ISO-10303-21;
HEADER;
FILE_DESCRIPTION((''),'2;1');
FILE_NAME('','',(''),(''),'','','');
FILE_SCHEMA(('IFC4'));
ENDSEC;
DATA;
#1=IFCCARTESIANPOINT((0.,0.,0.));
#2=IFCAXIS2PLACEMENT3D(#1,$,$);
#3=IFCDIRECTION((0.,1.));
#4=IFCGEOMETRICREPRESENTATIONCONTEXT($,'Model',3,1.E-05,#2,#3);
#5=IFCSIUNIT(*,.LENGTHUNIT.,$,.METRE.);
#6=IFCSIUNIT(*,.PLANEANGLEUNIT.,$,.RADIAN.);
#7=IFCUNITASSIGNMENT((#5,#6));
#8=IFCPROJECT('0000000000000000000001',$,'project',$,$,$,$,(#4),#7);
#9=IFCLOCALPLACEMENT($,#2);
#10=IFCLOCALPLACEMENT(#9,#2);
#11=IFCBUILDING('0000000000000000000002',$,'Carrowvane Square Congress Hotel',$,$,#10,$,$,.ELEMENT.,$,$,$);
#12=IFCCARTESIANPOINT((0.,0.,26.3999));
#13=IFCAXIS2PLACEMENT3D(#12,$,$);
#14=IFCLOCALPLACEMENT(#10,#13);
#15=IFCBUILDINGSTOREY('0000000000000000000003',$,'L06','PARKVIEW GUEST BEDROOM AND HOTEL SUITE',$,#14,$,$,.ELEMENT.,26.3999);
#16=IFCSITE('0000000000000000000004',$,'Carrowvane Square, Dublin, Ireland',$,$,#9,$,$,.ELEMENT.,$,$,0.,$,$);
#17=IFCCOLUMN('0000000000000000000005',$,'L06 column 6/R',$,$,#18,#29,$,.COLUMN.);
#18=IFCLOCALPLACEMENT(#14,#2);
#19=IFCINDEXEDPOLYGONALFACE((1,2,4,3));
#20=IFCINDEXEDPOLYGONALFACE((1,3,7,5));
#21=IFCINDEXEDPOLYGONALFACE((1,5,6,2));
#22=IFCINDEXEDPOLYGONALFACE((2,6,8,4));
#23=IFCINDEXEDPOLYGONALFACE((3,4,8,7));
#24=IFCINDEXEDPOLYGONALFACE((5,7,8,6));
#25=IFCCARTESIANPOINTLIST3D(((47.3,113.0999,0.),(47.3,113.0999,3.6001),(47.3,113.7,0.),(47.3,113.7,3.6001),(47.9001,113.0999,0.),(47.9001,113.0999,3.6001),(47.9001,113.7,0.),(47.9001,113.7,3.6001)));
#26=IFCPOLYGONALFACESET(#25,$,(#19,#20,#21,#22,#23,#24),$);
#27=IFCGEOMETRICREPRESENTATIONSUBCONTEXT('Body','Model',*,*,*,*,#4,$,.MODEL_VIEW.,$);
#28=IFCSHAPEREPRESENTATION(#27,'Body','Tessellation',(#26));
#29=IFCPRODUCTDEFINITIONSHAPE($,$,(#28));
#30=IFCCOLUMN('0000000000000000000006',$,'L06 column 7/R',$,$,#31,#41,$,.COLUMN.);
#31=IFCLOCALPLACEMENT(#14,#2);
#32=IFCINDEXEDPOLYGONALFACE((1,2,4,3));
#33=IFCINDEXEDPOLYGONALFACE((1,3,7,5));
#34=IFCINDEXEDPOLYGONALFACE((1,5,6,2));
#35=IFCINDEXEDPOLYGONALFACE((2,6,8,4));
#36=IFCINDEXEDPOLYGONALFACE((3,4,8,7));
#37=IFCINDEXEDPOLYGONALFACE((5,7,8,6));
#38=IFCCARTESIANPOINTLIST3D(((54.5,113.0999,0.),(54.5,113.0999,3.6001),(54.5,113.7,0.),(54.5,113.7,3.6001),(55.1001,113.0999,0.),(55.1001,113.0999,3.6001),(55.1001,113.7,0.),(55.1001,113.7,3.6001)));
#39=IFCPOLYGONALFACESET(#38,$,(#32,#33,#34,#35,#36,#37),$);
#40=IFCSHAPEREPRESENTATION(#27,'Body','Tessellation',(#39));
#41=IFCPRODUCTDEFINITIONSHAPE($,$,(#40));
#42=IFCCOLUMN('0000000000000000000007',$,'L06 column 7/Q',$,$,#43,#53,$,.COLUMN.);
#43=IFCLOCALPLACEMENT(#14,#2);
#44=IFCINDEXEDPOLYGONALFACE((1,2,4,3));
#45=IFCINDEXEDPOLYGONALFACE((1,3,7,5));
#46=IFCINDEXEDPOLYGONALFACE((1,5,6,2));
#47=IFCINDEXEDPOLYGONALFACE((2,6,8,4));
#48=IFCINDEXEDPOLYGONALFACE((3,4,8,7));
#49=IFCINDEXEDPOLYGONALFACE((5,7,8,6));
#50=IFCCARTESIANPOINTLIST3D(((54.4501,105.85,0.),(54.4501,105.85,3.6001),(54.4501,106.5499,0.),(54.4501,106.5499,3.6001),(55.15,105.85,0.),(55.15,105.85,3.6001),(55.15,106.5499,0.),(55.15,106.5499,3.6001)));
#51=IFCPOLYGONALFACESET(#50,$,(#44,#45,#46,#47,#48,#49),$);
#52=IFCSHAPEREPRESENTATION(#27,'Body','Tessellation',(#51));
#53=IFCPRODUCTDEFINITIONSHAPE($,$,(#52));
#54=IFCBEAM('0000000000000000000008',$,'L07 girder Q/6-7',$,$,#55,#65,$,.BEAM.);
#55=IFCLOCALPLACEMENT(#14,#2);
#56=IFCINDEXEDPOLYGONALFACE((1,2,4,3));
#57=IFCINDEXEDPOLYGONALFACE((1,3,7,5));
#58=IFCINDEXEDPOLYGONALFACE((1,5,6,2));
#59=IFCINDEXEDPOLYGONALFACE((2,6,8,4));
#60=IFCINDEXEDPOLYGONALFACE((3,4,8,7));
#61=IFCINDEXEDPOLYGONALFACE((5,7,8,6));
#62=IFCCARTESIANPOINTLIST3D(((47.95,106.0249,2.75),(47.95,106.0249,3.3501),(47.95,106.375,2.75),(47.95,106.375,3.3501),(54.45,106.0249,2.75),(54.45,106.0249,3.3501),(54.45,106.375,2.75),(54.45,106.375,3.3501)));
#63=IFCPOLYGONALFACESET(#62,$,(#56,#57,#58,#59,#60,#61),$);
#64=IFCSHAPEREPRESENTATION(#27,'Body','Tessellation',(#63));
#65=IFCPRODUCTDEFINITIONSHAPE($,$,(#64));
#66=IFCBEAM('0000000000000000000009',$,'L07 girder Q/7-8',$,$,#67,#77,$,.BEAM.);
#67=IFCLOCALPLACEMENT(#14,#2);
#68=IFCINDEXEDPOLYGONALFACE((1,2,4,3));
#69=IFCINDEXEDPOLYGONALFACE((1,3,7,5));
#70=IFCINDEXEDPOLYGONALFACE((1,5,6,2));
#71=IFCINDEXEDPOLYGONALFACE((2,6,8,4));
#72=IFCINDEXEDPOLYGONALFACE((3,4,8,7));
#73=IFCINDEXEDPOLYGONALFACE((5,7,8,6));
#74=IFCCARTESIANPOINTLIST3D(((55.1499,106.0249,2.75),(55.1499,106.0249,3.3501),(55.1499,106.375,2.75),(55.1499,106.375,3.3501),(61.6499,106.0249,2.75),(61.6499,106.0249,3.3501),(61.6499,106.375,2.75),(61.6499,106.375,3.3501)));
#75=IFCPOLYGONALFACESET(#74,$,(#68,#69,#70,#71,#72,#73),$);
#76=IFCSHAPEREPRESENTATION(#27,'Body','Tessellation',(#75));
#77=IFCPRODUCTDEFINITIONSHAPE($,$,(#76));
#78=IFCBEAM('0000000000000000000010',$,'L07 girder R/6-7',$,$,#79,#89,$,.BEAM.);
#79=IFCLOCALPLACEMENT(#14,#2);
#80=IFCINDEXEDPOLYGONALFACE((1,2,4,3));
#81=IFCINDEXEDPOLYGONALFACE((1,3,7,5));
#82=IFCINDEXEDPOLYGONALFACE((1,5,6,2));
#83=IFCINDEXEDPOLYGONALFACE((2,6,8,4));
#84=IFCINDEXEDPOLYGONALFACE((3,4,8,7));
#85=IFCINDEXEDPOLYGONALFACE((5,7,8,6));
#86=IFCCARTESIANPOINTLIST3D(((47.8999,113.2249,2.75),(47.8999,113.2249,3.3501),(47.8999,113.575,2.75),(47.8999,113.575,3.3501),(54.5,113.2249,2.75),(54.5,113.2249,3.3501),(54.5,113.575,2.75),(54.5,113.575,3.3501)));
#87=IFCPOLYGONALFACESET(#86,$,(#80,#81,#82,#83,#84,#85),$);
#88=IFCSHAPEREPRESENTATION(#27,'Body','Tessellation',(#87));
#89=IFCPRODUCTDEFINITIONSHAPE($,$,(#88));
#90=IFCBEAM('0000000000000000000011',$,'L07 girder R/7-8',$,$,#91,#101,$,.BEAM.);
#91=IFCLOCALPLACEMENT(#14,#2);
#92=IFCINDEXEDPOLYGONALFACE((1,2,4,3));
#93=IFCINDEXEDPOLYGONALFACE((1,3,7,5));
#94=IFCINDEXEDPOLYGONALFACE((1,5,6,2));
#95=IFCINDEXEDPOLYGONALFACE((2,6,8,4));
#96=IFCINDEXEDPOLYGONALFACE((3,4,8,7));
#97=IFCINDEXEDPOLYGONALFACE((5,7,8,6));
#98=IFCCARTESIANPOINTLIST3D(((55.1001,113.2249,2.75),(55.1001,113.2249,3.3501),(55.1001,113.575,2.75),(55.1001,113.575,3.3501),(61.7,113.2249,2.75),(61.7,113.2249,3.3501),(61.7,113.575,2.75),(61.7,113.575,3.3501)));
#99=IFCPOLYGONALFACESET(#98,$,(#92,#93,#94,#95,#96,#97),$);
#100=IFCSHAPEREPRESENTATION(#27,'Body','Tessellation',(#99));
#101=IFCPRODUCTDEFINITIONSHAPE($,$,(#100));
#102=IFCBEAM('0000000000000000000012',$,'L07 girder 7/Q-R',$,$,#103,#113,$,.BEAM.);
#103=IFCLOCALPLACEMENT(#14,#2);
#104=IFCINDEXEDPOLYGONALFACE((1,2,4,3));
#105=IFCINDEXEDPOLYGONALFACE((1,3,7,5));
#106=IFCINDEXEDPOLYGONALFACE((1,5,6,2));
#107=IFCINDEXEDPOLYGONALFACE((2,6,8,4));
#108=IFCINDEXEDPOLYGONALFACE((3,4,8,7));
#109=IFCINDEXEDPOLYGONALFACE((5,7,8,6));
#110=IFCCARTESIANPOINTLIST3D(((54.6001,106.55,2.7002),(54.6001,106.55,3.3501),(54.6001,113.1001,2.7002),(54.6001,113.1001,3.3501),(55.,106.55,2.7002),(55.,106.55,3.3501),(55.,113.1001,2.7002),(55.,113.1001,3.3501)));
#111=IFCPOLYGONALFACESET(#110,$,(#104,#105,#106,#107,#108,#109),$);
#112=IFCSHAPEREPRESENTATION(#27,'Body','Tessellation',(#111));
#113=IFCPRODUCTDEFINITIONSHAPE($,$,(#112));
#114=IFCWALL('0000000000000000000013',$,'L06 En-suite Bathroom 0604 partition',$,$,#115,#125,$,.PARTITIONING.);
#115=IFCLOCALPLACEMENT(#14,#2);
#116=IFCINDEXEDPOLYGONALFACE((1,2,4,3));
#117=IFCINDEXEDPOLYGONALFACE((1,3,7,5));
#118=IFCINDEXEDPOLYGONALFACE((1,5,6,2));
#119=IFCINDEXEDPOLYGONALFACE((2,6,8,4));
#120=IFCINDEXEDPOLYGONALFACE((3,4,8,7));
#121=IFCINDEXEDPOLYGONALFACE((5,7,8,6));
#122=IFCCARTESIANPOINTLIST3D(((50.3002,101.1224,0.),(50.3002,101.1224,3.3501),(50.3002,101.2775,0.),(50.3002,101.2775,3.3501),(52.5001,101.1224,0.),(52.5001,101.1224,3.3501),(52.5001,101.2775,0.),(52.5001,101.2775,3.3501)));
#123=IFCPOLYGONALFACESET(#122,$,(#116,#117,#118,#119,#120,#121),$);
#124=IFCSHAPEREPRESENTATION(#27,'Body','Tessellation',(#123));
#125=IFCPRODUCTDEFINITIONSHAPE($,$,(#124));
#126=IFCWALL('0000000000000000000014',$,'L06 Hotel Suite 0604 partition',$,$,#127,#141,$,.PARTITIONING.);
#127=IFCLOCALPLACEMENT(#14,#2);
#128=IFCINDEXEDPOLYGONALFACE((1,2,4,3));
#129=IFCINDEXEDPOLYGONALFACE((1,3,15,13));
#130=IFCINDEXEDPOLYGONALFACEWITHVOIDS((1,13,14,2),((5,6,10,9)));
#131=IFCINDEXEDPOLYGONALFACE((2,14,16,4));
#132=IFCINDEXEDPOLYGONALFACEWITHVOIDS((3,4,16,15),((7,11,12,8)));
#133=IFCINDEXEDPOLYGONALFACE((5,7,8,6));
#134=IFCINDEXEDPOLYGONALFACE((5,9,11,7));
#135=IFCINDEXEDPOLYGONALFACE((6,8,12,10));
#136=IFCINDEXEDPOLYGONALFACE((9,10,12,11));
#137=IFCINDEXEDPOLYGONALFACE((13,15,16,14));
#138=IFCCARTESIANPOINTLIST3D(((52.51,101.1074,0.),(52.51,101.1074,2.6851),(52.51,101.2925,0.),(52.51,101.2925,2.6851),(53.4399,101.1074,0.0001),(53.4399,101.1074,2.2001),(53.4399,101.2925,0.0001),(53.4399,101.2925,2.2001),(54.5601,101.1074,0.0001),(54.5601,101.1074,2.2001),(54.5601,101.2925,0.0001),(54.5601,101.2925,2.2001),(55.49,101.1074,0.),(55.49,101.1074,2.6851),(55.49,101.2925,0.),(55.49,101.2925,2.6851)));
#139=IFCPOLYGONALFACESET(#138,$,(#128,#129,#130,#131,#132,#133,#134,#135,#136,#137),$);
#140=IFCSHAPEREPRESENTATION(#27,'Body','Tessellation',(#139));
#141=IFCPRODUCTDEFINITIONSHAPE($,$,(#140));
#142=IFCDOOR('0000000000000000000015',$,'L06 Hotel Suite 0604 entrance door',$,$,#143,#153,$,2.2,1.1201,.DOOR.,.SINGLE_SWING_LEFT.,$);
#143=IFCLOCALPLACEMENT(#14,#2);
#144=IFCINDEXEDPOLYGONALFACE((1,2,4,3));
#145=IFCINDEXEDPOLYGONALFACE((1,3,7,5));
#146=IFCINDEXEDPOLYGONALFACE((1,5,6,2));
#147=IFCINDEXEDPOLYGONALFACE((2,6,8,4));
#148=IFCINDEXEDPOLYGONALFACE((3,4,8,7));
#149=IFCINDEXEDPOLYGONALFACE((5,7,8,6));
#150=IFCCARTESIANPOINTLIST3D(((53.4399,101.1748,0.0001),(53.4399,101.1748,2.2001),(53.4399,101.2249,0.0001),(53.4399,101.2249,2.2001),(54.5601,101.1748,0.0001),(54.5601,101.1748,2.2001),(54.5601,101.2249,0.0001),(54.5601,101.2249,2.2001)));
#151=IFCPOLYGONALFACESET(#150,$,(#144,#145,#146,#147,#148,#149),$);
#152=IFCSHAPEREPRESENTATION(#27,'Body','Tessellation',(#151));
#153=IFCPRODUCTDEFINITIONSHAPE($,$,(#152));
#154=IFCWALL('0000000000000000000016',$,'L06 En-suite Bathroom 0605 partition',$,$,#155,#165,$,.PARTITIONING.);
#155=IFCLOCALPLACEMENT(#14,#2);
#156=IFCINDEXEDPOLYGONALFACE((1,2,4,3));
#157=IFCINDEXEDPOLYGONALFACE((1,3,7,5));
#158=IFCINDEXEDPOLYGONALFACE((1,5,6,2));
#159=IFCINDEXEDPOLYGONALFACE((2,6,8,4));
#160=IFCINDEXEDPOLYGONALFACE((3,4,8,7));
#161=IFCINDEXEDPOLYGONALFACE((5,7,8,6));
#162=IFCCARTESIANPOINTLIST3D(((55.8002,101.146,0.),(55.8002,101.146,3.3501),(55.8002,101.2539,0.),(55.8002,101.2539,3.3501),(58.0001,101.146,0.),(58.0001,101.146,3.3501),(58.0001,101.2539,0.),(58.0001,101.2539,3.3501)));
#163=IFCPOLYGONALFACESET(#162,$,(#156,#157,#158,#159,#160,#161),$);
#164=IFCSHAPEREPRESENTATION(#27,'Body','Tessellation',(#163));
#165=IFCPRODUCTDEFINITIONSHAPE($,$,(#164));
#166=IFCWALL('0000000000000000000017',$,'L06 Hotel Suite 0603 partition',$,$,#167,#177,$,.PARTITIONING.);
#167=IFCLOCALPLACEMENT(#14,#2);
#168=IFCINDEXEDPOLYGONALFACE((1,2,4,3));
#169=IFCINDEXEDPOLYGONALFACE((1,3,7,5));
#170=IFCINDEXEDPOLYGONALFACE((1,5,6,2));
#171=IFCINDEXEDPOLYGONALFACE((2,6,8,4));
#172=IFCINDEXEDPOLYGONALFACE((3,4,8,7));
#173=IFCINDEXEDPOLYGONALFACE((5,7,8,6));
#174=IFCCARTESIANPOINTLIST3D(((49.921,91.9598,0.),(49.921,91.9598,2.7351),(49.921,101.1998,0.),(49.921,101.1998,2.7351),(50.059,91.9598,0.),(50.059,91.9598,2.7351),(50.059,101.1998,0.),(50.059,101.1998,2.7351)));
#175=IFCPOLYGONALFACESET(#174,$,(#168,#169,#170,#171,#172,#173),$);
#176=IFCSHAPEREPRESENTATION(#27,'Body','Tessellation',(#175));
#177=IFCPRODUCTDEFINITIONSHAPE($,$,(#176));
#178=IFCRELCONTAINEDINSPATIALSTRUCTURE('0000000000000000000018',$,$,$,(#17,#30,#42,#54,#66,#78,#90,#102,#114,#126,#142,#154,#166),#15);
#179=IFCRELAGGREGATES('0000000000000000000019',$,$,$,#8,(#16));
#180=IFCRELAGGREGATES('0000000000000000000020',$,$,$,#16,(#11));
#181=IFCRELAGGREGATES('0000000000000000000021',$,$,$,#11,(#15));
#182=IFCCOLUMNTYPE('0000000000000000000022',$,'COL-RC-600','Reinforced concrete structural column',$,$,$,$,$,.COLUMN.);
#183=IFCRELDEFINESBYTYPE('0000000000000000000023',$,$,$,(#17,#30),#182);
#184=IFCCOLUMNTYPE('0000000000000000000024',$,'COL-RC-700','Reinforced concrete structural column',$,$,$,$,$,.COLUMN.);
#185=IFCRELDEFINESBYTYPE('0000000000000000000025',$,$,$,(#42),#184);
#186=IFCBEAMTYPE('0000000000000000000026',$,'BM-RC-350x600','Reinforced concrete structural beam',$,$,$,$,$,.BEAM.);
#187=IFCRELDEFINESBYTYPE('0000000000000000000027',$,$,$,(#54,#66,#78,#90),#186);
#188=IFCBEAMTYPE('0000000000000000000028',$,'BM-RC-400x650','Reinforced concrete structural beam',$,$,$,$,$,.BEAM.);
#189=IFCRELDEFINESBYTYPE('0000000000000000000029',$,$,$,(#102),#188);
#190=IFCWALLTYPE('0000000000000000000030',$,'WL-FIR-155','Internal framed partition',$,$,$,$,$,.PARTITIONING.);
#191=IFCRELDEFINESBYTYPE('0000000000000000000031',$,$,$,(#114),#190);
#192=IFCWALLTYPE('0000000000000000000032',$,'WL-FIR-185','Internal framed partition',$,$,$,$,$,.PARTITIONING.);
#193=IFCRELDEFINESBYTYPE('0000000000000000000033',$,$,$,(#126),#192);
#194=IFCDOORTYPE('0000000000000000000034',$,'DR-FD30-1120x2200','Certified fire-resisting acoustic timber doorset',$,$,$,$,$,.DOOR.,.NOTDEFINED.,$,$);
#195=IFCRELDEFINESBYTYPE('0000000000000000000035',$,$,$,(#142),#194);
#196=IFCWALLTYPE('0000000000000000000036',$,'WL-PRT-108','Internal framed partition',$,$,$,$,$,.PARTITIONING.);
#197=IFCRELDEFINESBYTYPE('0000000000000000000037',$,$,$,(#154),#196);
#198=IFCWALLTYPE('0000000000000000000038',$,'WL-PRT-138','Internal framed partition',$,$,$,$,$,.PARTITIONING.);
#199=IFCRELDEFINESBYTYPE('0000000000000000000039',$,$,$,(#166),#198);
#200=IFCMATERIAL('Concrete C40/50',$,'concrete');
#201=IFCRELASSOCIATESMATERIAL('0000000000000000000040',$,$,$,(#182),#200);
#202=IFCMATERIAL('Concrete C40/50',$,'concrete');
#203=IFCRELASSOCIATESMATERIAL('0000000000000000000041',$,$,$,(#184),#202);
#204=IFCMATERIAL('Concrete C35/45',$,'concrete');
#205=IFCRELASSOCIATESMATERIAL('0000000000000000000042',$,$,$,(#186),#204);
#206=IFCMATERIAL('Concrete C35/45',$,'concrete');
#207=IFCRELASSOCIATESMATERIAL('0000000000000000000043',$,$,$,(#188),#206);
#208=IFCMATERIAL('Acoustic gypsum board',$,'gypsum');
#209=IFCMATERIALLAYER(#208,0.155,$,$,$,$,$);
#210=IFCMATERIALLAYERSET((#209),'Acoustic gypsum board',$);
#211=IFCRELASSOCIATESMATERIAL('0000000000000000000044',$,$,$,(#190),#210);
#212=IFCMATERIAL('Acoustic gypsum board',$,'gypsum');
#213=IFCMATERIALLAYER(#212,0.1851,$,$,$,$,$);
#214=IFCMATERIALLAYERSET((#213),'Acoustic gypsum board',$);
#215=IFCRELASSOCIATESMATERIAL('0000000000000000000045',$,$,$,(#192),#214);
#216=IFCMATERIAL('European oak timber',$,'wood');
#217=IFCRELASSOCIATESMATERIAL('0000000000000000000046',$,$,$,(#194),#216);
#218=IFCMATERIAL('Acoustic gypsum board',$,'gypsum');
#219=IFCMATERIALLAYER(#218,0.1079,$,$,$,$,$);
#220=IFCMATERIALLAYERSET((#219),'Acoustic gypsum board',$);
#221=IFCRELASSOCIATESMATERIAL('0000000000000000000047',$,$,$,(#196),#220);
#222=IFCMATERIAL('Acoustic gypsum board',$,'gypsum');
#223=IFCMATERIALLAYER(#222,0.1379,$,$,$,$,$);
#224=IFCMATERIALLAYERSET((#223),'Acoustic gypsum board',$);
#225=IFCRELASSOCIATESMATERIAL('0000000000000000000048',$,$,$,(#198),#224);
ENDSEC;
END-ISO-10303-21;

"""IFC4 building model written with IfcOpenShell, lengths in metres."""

from ifc_helpers import new_model, si_unit, direction, frame, frame_2d, origin, origin_2d, place, context, subcontext, project, spatial, rectangle, extrude, material, layer, layer_set, material_profile, profile_set, type_object, element, fill, save


model = new_model("IFC4")

# Units and contexts
model_context = context("Model", 3, precision=1e-05, world=origin(), true_north=direction((0.0, 1.0)))
body_context = subcontext(model_context, "Body", "Model", "MODEL_VIEW")
ifc_project = project(units=[si_unit("LENGTHUNIT", "METRE"), si_unit("PLANEANGLEUNIT", "RADIAN")], contexts=[model_context])

# Site, building, storey
site_placement = place(None, origin())
site = spatial("IfcSite", under=ifc_project, at=site_placement, Name="Carrowvane Square, Dublin, Ireland", CompositionType="ELEMENT", RefElevation=0.0)
building_placement = place(site_placement, origin())
building = spatial("IfcBuilding", under=site, at=building_placement, Name="Carrowvane Square Congress Hotel", CompositionType="ELEMENT")
storey_placement = place(building_placement, frame((0.0, 0.0, 26.3999)))
storey = spatial("IfcBuildingStorey", under=building, at=storey_placement, Name="L06", Description="PARKVIEW GUEST BEDROOM AND HOTEL SUITE", CompositionType="ELEMENT", Elevation=26.3999)

# Columns
ifc_material_1 = material(Name="Concrete C40/50", Category="concrete")
ifc_material_profile_1 = material_profile(ifc_material_1, rectangle(XDim=0.6001, YDim=0.6001, at=origin_2d()), Name="RC 600x600")
ifc_profile_set_1 = profile_set([ifc_material_profile_1], Name="Concrete C40/50")
column_type_1 = type_object("IfcColumnType", Name="COL-RC-600", Description="Reinforced concrete structural column", PredefinedType="COLUMN", material=ifc_profile_set_1)
for number, where, z_axis, x_axis, name in (
    (1, (47.6001, 113.3999, 0.0), (0.0, 0.0, 1.0), (1.0, 0.0, 0.0), "L06 column 6/R"),
    (2, (54.8, 113.3999, 0.0), (0.0, 0.0, 1.0), (1.0, 0.0, 0.0), "L06 column 7/R"),
):
    element("IfcColumn", number, at=place(storey_placement, frame(where, z_axis=z_axis, x_axis=x_axis)), inside=storey, type_object=column_type_1, Name=name, PredefinedType="COLUMN", context=body_context, shape_type="SweptSolid", body=[
        extrude(rectangle(XDim=0.6001, YDim=0.6001, at=origin_2d()), origin(), (0.0, 0.0, 1.0), 3.6001),
    ])
ifc_material_2 = material(Name="Concrete C40/50", Category="concrete")
ifc_material_profile_2 = material_profile(ifc_material_2, rectangle(XDim=0.7, YDim=0.7, at=origin_2d()), Name="RC 700x700")
ifc_profile_set_2 = profile_set([ifc_material_profile_2], Name="Concrete C40/50")
column_type_2 = type_object("IfcColumnType", Name="COL-RC-700", Description="Reinforced concrete structural column", PredefinedType="COLUMN", material=ifc_profile_set_2)
column_placement = place(storey_placement, frame((54.8, 106.2, 0.0), z_axis=(0.0, 0.0, 1.0), x_axis=(1.0, 0.0, 0.0)))
element("IfcColumn", 3, at=column_placement, inside=storey, type_object=column_type_2, Name="L06 column 7/Q", PredefinedType="COLUMN", context=body_context, shape_type="SweptSolid", body=[
    extrude(rectangle(XDim=0.7, YDim=0.7, at=origin_2d()), origin(), (0.0, 0.0, 1.0), 3.6001),
])

# Beams
ifc_material_3 = material(Name="Concrete C35/45", Category="concrete")
ifc_material_profile_3 = material_profile(ifc_material_3, rectangle(XDim=0.3501, YDim=0.6001, at=origin_2d()), Name="RC 350x600")
ifc_profile_set_3 = profile_set([ifc_material_profile_3], Name="Concrete C35/45")
beam_type_1 = type_object("IfcBeamType", Name="BM-RC-350x600", Description="Reinforced concrete structural beam", PredefinedType="BEAM", material=ifc_profile_set_3)
for number, where, z_axis, x_axis, name in (
    (4, (47.95, 106.2, 3.05), (1.0, 0.0, 0.0), (0.0, 1.0, 0.0), "L07 girder Q/6-7"),
    (5, (55.1499, 106.2, 3.05), (1.0, 0.0, 0.0), (0.0, 1.0, 0.0), "L07 girder Q/7-8"),
):
    element("IfcBeam", number, at=place(storey_placement, frame(where, z_axis=z_axis, x_axis=x_axis)), inside=storey, type_object=beam_type_1, Name=name, PredefinedType="BEAM", context=body_context, shape_type="SweptSolid", body=[
        extrude(rectangle(XDim=0.3501, YDim=0.6001, at=origin_2d()), origin(), (0.0, 0.0, 1.0), 6.5),
    ])
beam_1_placement = place(storey_placement, frame((47.8999, 113.3999, 3.05), z_axis=(1.0, 0.0, 0.0), x_axis=(0.0, 1.0, 0.0)))
element("IfcBeam", 6, at=beam_1_placement, inside=storey, type_object=beam_type_1, Name="L07 girder R/6-7", PredefinedType="BEAM", context=body_context, shape_type="SweptSolid", body=[
    extrude(rectangle(XDim=0.3501, YDim=0.6001, at=origin_2d()), origin(), (0.0, 0.0, 1.0), 6.6001),
])
beam_2_placement = place(storey_placement, frame((55.1001, 113.3999, 3.05), z_axis=(1.0, 0.0, 0.0), x_axis=(0.0, 1.0, 0.0)))
element("IfcBeam", 7, at=beam_2_placement, inside=storey, type_object=beam_type_1, Name="L07 girder R/7-8", PredefinedType="BEAM", context=body_context, shape_type="SweptSolid", body=[
    extrude(rectangle(XDim=0.3501, YDim=0.6001, at=origin_2d()), origin(), (0.0, 0.0, 1.0), 6.5999),
])
ifc_material_4 = material(Name="Concrete C35/45", Category="concrete")
ifc_material_profile_4 = material_profile(ifc_material_4, rectangle(XDim=0.3999, YDim=0.6499, at=origin_2d()), Name="RC 400x650")
ifc_profile_set_4 = profile_set([ifc_material_profile_4], Name="Concrete C35/45")
beam_type_2 = type_object("IfcBeamType", Name="BM-RC-400x650", Description="Reinforced concrete structural beam", PredefinedType="BEAM", material=ifc_profile_set_4)
beam_3_placement = place(storey_placement, frame((54.8, 106.55, 3.0251), z_axis=(0.0, 1.0, 0.0), x_axis=(-1.0, 0.0, 0.0)))
element("IfcBeam", 8, at=beam_3_placement, inside=storey, type_object=beam_type_2, Name="L07 girder 7/Q-R", PredefinedType="BEAM", context=body_context, shape_type="SweptSolid", body=[
    extrude(rectangle(XDim=0.3999, YDim=0.6499, at=origin_2d()), origin(), (0.0, 0.0, 1.0), 6.55),
])

# Wall
ifc_material_5 = material(Name="Acoustic gypsum board", Category="gypsum")
ifc_layer_1 = layer(ifc_material_5, 0.155)
ifc_layer_set_1 = layer_set([ifc_layer_1], Name="Acoustic gypsum board")
wall_type_1 = type_object("IfcWallType", Name="WL-FIR-155", Description="Internal framed partition", PredefinedType="PARTITIONING", material=ifc_layer_set_1)
wall_1_placement = place(storey_placement, frame((50.3, 101.2, 0.0), z_axis=(0.0, 0.0, 1.0), x_axis=(1.0, 0.0, 0.0)))
element("IfcWall", 9, at=wall_1_placement, inside=storey, type_object=wall_type_1, Name="L06 En-suite Bathroom 0604 partition", PredefinedType="PARTITIONING", context=body_context, shape_type="SweptSolid", body=[
    extrude(rectangle(XDim=2.2, YDim=0.155, at=frame_2d((1.1001, 0.0))), origin(), (0.0, 0.0, 1.0), 3.3501),
])

# Wall, opening, door
ifc_material_6 = material(Name="Acoustic gypsum board", Category="gypsum")
ifc_layer_2 = layer(ifc_material_6, 0.1851)
ifc_layer_set_2 = layer_set([ifc_layer_2], Name="Acoustic gypsum board")
wall_type_2 = type_object("IfcWallType", Name="WL-FIR-185", Description="Internal framed partition", PredefinedType="PARTITIONING", material=ifc_layer_set_2)
wall_2_placement = place(storey_placement, frame((52.51, 101.2, 0.0), z_axis=(0.0, 0.0, 1.0), x_axis=(1.0, 0.0, 0.0)))
wall_2 = element("IfcWall", 10, at=wall_2_placement, inside=storey, type_object=wall_type_2, Name="L06 Hotel Suite 0604 partition", PredefinedType="PARTITIONING", context=body_context, shape_type="SweptSolid", body=[
    extrude(rectangle(XDim=2.98, YDim=0.1851, at=frame_2d((1.49, 0.0))), origin(), (0.0, 0.0, 1.0), 2.6851),
])
opening_1_placement = place(wall_2_placement, frame((0.9299, 0.0, 0.0)))
opening_1 = element("IfcOpeningElement", 11, at=opening_1_placement, cuts=wall_2, PredefinedType="OPENING", context=body_context, shape_type="SweptSolid", body=[
    extrude(rectangle(XDim=1.1201, YDim=2.2, at=frame_2d((0.5601, 1.1001))), frame((0.0, 0.1025, 0.0), z_axis=(0.0, -1.0, 0.0), x_axis=(1.0, 0.0, 0.0)), (0.0, 0.0, 1.0), 0.2051),
])
ifc_material_7 = material(Name="European oak timber", Category="wood")
door_type_1 = type_object("IfcDoorType", Name="DR-FD30-1120x2200", Description="Certified fire-resisting acoustic timber doorset", OperationType="NOTDEFINED", PredefinedType="DOOR", material=ifc_material_7)
door_1_placement = place(opening_1_placement, origin())
door_1 = element("IfcDoor", 12, at=door_1_placement, inside=storey, type_object=door_type_1, Name="L06 Hotel Suite 0604 entrance door", OperationType="SINGLE_SWING_LEFT", OverallHeight=2.2, OverallWidth=1.1201, PredefinedType="DOOR", context=body_context, shape_type="SweptSolid", body=[
    extrude(rectangle(XDim=1.1201, YDim=2.2, at=frame_2d((0.5601, 1.1001))), frame((0.0, 0.0249, 0.0), z_axis=(0.0, -1.0, 0.0), x_axis=(1.0, 0.0, 0.0)), (0.0, 0.0, 1.0), 0.05),
])
fill(opening_1, door_1)

# Walls
ifc_material_8 = material(Name="Acoustic gypsum board", Category="gypsum")
ifc_layer_3 = layer(ifc_material_8, 0.1079)
ifc_layer_set_3 = layer_set([ifc_layer_3], Name="Acoustic gypsum board")
wall_type_3 = type_object("IfcWallType", Name="WL-PRT-108", Description="Internal framed partition", PredefinedType="PARTITIONING", material=ifc_layer_set_3)
wall_3_placement = place(storey_placement, frame((55.8, 101.2, 0.0), z_axis=(0.0, 0.0, 1.0), x_axis=(1.0, 0.0, 0.0)))
element("IfcWall", 13, at=wall_3_placement, inside=storey, type_object=wall_type_3, Name="L06 En-suite Bathroom 0605 partition", PredefinedType="PARTITIONING", context=body_context, shape_type="SweptSolid", body=[
    extrude(rectangle(XDim=2.2, YDim=0.1079, at=frame_2d((1.1001, 0.0))), origin(), (0.0, 0.0, 1.0), 3.3501),
])
ifc_material_9 = material(Name="Acoustic gypsum board", Category="gypsum")
ifc_layer_4 = layer(ifc_material_9, 0.1379)
ifc_layer_set_4 = layer_set([ifc_layer_4], Name="Acoustic gypsum board")
wall_type_4 = type_object("IfcWallType", Name="WL-PRT-138", Description="Internal framed partition", PredefinedType="PARTITIONING", material=ifc_layer_set_4)
for number, where, z_axis, x_axis, name in (
    (14, (49.99, 101.2, 0.0), (0.0, 0.0, 1.0), (0.0, -1.0, 0.0), "L06 Hotel Suite 0603 partition"),
):
    element("IfcWall", number, at=place(storey_placement, frame(where, z_axis=z_axis, x_axis=x_axis)), inside=storey, type_object=wall_type_4, Name=name, PredefinedType="PARTITIONING", context=body_context, shape_type="SweptSolid", body=[
        extrude(rectangle(XDim=9.24, YDim=0.1379, at=frame_2d((4.6201, 0.0))), origin(), (0.0, 0.0, 1.0), 2.7351),
    ])

save(model, "model.ifc")
